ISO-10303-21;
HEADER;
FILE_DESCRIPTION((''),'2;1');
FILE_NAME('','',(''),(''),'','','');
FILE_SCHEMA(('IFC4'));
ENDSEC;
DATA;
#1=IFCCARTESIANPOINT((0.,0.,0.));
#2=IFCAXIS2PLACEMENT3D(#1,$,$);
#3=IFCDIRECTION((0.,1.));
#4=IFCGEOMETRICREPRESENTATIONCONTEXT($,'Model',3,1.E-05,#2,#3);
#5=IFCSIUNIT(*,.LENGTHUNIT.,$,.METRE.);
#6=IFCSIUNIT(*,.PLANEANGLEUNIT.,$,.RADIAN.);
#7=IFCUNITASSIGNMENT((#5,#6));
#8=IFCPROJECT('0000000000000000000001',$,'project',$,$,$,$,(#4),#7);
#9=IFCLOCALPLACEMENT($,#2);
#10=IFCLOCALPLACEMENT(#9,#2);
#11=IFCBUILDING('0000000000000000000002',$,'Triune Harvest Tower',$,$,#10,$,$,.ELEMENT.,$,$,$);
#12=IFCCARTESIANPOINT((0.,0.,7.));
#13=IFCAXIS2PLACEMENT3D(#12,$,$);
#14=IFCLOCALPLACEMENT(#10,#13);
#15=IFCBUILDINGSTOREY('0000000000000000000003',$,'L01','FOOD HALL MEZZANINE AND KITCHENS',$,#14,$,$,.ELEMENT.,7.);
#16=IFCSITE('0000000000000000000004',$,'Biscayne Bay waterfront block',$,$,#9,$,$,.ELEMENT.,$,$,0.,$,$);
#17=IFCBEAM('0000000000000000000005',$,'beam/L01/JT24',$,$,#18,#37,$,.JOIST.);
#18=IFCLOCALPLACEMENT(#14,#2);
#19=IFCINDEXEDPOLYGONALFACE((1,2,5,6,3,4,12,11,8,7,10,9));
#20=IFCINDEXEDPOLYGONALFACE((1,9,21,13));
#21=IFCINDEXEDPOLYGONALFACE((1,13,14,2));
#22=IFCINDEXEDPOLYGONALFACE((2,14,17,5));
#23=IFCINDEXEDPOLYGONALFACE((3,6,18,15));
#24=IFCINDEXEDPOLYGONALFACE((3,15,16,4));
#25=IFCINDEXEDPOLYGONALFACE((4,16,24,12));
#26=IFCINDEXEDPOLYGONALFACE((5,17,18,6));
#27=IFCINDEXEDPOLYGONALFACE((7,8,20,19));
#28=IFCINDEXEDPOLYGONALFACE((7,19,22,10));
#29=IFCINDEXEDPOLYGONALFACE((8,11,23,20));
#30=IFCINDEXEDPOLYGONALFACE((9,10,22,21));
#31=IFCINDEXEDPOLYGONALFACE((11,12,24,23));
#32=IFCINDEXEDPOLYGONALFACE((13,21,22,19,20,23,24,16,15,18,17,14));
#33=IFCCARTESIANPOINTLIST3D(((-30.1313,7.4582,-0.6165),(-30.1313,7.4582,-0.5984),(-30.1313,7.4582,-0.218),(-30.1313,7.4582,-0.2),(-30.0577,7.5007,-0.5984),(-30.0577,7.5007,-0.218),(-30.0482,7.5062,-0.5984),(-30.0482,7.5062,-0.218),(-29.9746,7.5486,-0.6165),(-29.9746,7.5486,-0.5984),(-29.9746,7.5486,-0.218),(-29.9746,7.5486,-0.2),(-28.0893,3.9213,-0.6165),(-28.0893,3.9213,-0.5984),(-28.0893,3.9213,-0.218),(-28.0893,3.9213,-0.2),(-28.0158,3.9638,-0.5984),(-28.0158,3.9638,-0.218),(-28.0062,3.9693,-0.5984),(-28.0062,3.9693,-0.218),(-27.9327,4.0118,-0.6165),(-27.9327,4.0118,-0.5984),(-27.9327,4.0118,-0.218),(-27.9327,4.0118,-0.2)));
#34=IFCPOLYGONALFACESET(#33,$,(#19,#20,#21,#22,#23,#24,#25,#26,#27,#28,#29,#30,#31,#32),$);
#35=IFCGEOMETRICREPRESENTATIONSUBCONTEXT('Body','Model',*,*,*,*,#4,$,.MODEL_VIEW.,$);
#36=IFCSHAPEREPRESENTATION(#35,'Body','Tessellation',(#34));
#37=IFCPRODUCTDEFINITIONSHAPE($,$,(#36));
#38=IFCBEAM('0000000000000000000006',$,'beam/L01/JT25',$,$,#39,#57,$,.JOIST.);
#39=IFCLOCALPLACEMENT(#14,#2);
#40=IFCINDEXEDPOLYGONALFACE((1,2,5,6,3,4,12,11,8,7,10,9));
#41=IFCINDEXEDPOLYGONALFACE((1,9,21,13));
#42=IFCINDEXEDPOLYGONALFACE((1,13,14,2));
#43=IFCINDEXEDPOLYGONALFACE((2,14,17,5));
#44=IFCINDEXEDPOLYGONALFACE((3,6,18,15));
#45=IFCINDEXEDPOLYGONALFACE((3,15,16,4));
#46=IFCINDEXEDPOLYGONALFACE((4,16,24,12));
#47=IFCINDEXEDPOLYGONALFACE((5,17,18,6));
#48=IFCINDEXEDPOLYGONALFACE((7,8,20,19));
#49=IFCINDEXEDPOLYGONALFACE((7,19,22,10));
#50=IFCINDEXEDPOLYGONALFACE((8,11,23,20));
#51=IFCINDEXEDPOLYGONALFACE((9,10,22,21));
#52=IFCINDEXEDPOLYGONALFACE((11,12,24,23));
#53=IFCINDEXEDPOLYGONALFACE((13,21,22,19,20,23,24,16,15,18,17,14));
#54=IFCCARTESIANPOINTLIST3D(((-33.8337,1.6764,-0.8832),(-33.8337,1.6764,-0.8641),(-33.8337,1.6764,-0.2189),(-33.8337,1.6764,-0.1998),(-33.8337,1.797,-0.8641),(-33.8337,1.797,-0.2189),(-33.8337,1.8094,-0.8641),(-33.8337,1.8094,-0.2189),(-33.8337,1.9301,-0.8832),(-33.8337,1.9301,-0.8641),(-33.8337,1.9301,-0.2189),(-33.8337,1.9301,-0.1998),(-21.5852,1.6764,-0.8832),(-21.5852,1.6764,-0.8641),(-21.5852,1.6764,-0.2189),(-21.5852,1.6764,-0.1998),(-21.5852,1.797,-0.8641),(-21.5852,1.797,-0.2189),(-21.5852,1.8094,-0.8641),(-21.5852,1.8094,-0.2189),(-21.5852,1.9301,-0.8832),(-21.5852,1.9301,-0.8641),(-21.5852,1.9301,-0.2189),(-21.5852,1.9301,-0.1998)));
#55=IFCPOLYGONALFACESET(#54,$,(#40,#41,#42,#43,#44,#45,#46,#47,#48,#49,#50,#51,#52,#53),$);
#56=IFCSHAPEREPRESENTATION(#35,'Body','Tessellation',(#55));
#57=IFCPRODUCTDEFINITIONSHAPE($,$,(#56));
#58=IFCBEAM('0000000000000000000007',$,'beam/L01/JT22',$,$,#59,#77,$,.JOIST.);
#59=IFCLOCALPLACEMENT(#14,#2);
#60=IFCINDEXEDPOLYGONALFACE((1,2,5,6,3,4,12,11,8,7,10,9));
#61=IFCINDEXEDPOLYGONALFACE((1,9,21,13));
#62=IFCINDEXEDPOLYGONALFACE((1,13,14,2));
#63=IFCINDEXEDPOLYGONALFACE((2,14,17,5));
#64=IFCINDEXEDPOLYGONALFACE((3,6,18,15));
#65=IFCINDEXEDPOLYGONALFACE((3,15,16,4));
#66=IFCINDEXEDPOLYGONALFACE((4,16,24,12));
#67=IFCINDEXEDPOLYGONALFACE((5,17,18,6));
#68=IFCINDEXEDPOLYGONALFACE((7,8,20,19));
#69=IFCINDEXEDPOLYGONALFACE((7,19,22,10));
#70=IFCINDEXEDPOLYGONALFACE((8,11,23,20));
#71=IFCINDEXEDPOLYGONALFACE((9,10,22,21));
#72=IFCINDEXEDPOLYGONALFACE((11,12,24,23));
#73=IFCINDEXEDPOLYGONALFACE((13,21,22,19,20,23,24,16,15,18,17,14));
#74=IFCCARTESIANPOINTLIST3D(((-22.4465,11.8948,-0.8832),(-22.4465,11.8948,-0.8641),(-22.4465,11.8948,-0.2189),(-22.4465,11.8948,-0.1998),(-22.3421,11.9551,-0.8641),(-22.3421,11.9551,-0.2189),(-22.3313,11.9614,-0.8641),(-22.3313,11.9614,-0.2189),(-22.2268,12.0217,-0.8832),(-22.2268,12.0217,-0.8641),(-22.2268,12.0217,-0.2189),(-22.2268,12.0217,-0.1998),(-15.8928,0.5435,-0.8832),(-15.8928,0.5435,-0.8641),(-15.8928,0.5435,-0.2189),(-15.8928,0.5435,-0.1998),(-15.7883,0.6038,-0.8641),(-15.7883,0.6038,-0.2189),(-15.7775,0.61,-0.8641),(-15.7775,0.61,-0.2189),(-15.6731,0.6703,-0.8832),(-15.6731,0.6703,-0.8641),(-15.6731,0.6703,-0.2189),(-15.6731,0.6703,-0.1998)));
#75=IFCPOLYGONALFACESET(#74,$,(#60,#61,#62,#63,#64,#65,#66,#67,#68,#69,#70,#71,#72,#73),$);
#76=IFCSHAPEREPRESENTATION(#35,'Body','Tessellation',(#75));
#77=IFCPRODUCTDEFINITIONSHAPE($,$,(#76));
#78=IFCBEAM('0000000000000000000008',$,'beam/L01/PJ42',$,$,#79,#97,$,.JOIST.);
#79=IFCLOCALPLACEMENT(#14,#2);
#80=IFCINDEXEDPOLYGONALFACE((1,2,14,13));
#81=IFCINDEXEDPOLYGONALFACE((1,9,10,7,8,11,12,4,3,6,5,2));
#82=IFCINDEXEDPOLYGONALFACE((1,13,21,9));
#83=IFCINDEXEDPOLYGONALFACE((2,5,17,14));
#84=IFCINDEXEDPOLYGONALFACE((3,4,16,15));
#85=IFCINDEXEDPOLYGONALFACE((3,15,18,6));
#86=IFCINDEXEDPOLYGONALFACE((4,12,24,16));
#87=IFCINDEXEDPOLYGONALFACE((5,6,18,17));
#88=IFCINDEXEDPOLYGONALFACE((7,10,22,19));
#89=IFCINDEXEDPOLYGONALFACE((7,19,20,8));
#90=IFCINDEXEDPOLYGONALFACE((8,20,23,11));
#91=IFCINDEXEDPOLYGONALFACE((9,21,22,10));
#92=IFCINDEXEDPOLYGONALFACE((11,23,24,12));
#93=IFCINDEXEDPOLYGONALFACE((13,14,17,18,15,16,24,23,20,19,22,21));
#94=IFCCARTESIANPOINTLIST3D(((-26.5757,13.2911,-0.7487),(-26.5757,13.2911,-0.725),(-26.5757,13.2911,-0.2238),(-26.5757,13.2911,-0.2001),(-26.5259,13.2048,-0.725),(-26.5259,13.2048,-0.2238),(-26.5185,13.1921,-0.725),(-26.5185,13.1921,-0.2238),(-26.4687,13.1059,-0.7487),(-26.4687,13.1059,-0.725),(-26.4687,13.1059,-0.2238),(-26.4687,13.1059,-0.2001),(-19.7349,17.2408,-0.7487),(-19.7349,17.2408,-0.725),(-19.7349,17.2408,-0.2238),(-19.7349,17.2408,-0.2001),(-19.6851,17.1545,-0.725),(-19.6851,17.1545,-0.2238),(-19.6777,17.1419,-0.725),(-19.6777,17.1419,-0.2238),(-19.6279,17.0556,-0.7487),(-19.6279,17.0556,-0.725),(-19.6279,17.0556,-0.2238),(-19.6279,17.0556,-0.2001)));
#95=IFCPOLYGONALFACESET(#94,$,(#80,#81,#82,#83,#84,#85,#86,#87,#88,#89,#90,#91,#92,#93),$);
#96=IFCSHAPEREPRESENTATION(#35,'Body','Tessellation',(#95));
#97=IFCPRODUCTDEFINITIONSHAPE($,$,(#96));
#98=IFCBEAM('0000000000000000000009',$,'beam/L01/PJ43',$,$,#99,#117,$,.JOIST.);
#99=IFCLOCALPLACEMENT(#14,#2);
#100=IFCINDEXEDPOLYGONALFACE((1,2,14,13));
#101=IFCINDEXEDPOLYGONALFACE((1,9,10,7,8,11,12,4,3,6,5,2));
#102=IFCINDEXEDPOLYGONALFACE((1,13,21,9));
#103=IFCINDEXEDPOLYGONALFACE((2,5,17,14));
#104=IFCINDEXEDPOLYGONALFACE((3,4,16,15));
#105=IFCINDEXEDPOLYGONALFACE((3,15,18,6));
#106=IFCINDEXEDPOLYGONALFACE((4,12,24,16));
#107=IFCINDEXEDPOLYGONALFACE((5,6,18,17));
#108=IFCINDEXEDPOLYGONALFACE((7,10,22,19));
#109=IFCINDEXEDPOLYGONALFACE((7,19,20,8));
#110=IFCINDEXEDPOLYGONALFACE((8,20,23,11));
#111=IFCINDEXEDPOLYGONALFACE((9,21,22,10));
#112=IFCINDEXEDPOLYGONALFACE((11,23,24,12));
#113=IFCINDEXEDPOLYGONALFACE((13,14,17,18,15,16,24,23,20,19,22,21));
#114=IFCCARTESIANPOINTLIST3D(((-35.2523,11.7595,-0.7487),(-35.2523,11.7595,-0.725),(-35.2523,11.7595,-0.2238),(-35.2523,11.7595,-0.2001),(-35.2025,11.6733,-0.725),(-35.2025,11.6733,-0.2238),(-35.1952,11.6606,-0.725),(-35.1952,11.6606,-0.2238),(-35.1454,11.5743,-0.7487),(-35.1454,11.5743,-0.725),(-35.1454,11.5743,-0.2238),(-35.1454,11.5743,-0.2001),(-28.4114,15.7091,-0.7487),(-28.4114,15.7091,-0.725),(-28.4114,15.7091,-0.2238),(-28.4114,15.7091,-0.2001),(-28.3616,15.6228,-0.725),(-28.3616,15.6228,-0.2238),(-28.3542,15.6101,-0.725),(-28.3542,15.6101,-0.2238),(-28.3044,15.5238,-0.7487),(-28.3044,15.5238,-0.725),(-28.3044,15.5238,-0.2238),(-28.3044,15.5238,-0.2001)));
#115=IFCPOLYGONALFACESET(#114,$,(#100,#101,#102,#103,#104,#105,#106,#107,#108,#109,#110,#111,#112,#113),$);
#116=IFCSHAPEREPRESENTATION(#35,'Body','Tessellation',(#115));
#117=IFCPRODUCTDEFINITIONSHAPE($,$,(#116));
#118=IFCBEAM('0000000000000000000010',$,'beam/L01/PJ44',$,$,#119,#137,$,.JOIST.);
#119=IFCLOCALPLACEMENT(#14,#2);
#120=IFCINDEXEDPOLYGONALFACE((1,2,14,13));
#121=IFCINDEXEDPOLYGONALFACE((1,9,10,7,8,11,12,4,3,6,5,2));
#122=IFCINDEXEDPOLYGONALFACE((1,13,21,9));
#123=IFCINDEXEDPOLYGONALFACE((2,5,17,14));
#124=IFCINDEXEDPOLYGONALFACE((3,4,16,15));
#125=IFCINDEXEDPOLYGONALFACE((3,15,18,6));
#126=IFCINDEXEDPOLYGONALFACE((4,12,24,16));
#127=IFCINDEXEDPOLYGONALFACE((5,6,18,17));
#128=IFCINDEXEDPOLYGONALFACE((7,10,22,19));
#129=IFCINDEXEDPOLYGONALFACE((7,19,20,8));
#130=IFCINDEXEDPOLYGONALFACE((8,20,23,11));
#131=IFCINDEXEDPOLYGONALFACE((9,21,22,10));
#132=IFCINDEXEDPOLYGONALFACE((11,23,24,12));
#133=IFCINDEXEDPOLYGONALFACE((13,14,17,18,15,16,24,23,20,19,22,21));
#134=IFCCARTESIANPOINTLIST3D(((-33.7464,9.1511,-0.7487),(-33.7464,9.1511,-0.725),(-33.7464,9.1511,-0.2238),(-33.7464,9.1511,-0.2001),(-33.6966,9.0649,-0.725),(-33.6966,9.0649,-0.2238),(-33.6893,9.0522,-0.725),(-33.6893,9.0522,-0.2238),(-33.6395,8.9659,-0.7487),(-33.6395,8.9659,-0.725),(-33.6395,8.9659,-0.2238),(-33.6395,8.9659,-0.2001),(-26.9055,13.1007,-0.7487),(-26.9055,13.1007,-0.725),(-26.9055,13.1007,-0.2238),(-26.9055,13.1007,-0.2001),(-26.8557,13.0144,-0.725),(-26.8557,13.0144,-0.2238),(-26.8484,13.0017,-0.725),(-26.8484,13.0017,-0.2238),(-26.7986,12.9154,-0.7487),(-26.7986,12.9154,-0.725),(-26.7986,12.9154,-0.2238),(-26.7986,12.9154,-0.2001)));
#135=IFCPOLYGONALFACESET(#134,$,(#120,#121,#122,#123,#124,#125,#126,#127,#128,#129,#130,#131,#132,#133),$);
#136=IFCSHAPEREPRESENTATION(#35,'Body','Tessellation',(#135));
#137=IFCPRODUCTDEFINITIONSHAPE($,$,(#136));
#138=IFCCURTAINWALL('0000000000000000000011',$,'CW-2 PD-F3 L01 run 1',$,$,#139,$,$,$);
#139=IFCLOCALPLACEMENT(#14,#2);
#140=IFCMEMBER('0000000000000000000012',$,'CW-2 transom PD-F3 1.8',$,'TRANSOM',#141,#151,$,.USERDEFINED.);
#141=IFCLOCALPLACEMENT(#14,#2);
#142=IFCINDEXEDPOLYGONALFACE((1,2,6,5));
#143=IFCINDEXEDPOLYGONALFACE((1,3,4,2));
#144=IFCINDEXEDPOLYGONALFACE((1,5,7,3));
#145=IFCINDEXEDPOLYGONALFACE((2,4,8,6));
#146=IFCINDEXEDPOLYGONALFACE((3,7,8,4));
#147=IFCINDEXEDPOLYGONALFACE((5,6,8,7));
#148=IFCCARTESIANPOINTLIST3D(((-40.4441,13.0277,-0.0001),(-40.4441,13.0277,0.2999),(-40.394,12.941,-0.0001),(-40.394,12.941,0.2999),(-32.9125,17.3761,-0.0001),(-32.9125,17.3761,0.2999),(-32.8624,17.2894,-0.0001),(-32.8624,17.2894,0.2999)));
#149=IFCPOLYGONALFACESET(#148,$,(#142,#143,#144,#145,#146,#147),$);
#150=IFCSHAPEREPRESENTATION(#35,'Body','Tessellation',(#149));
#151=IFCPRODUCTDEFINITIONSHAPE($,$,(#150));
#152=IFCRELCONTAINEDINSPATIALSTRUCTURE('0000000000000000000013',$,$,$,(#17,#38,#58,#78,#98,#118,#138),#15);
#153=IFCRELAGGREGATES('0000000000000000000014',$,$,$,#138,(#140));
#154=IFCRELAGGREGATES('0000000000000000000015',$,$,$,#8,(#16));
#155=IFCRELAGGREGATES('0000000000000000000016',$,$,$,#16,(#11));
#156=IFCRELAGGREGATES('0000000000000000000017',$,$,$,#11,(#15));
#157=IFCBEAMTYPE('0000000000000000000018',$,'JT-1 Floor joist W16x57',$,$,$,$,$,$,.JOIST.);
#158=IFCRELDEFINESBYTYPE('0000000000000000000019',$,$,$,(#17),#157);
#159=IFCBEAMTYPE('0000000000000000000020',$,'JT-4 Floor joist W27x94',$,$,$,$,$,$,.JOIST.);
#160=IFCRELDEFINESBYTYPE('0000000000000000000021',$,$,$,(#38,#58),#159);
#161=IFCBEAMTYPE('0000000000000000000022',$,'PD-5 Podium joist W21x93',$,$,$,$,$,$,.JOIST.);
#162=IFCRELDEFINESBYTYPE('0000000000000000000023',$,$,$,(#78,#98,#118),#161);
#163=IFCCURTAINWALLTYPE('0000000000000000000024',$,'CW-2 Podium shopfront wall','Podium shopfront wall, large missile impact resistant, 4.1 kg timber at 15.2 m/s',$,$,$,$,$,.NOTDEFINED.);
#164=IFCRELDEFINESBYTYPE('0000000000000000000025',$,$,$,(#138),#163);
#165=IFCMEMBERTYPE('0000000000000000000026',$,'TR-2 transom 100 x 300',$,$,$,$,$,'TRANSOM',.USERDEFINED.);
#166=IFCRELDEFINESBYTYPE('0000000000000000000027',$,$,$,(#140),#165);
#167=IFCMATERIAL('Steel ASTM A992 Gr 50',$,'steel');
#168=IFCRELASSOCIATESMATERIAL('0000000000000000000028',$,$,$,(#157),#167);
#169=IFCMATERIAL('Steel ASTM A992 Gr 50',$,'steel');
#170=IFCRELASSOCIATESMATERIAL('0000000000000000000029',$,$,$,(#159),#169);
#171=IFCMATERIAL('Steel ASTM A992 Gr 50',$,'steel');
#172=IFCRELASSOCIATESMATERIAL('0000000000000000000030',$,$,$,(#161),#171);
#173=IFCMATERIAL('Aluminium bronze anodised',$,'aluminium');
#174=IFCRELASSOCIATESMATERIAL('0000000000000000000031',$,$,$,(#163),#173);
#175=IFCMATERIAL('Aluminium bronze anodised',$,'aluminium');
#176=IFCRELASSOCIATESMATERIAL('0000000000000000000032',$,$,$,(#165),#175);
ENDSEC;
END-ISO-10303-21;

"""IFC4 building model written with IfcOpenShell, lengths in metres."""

from ifc_helpers import new_model, si_unit, direction, frame, origin, origin_2d, place, context, subcontext, project, spatial, rectangle, i_section, extrude, source, transform, mapped, material, material_profile, profile_set, type_object, element, aggregate, save


model = new_model("IFC4")

# Units and contexts
model_context = context("Model", 3, precision=1e-05, world=origin(), true_north=direction((0.0, 1.0)))
body_context = subcontext(model_context, "Body", "Model", "MODEL_VIEW")
ifc_project = project(units=[si_unit("LENGTHUNIT", "METRE"), si_unit("PLANEANGLEUNIT", "RADIAN")], contexts=[model_context])

# Site, building, storey
site_placement = place(None, origin())
site = spatial("IfcSite", under=ifc_project, at=site_placement, Name="Biscayne Bay waterfront block", CompositionType="ELEMENT", RefElevation=0.0)
building_placement = place(site_placement, origin())
building = spatial("IfcBuilding", under=site, at=building_placement, Name="Triune Harvest Tower", CompositionType="ELEMENT")
storey_placement = place(building_placement, frame((0.0, 0.0, 7.0)))
storey = spatial("IfcBuildingStorey", under=building, at=storey_placement, Name="L01", Description="FOOD HALL MEZZANINE AND KITCHENS", CompositionType="ELEMENT", Elevation=7.0)

# Beams
ifc_material_1 = material(Name="Steel ASTM A992 Gr 50", Category="steel")
ifc_material_profile_1 = material_profile(ifc_material_1, i_section(OverallWidth=0.1809, OverallDepth=0.4165, WebThickness=0.011, FlangeThickness=0.0181, at=origin_2d()), Name="W16x57")
ifc_profile_set_1 = profile_set([ifc_material_profile_1], Name="Steel ASTM A992 Gr 50")
beam_type_1 = type_object("IfcBeamType", Name="JT-1 Floor joist W16x57", PredefinedType="JOIST", material=ifc_profile_set_1)
shared_shape_1 = source(origin(), body_context, "Body", "SweptSolid", [
    extrude(i_section(OverallWidth=0.1809, OverallDepth=0.4165, WebThickness=0.011, FlangeThickness=0.0181, at=origin_2d()), origin(), (0.0, 0.0, 1.0), 4.084),
])
beam_1_placement = place(storey_placement, frame((-30.053, 7.5034, -0.4082), z_axis=(0.499997, -0.866027, 0.0), x_axis=(0.866027, 0.499997, 0.0)))
element("IfcBeam", 1, at=beam_1_placement, inside=storey, type_object=beam_type_1, Name="beam/L01/JT24", PredefinedType="JOIST", context=body_context, shape_type="MappedRepresentation", body=[
    mapped(shared_shape_1, transform((0.0, 0.0, 0.0), scale=1.0)),
])
ifc_material_2 = material(Name="Steel ASTM A992 Gr 50", Category="steel")
ifc_material_profile_2 = material_profile(ifc_material_2, i_section(OverallWidth=0.2537, OverallDepth=0.6833, WebThickness=0.0125, FlangeThickness=0.019, at=origin_2d()), Name="W27x94")
ifc_profile_set_2 = profile_set([ifc_material_profile_2], Name="Steel ASTM A992 Gr 50")
beam_type_2 = type_object("IfcBeamType", Name="JT-4 Floor joist W27x94", PredefinedType="JOIST", material=ifc_profile_set_2)
shared_shape_2 = source(origin(), body_context, "Body", "SweptSolid", [
    extrude(i_section(OverallWidth=0.2537, OverallDepth=0.6833, WebThickness=0.0125, FlangeThickness=0.019, at=origin_2d()), origin(), (0.0, 0.0, 1.0), 12.2485),
])
beam_2_placement = place(storey_placement, frame((-33.8337, 1.8032, -0.5415), z_axis=(1.0, 0.0, 0.0), x_axis=(0.0, 1.0, 0.0)))
element("IfcBeam", 2, at=beam_2_placement, inside=storey, type_object=beam_type_2, Name="beam/L01/JT25", PredefinedType="JOIST", context=body_context, shape_type="MappedRepresentation", body=[
    mapped(shared_shape_2, transform((0.0, 0.0, 0.0), scale=1.0)),
])
shared_shape_3 = source(origin(), body_context, "Body", "SweptSolid", [
    extrude(i_section(OverallWidth=0.2537, OverallDepth=0.6833, WebThickness=0.0125, FlangeThickness=0.019, at=origin_2d()), origin(), (0.0, 0.0, 1.0), 13.1074),
])
beam_3_placement = place(storey_placement, frame((-22.3367, 11.9583, -0.5415), z_axis=(0.500001, -0.866025, 0.0), x_axis=(0.866025, 0.500001, 0.0)))
element("IfcBeam", 3, at=beam_3_placement, inside=storey, type_object=beam_type_2, Name="beam/L01/JT22", PredefinedType="JOIST", context=body_context, shape_type="MappedRepresentation", body=[
    mapped(shared_shape_3, transform((0.0, 0.0, 0.0), scale=1.0)),
])
ifc_material_3 = material(Name="Steel ASTM A992 Gr 50", Category="steel")
ifc_material_profile_3 = material_profile(ifc_material_3, i_section(OverallWidth=0.2139, OverallDepth=0.5486, WebThickness=0.0146, FlangeThickness=0.0237, at=origin_2d()), Name="W21x93")
ifc_profile_set_3 = profile_set([ifc_material_profile_3], Name="Steel ASTM A992 Gr 50")
beam_type_3 = type_object("IfcBeamType", Name="PD-5 Podium joist W21x93", PredefinedType="JOIST", material=ifc_profile_set_3)
shared_shape_4 = source(origin(), body_context, "Body", "SweptSolid", [
    extrude(i_section(OverallWidth=0.2139, OverallDepth=0.5486, WebThickness=0.0146, FlangeThickness=0.0237, at=origin_2d()), origin(), (0.0, 0.0, 1.0), 7.8992),
])
for number, where, z_axis, x_axis, name in (
    (4, (-19.6814, 17.1482, -0.4744), (-0.866017, -0.500015, 0.0), (0.500015, -0.866017, 0.0), "beam/L01/PJ42"),
    (5, (-28.3579, 15.6165, -0.4744), (-0.86603, -0.499992, 0.0), (0.499992, -0.86603, 0.0), "beam/L01/PJ43"),
    (6, (-26.8521, 13.0081, -0.4744), (-0.86603, -0.499992, 0.0), (0.499992, -0.86603, 0.0), "beam/L01/PJ44"),
):
    element("IfcBeam", number, at=place(storey_placement, frame(where, z_axis=z_axis, x_axis=x_axis)), inside=storey, type_object=beam_type_3, Name=name, PredefinedType="JOIST", context=body_context, shape_type="MappedRepresentation", body=[
        mapped(shared_shape_4, transform((0.0, 0.0, 0.0), scale=1.0)),
    ])

# Curtain wall, member
ifc_material_4 = material(Name="Aluminium bronze anodised", Category="aluminium")
curtain_wall_type = type_object("IfcCurtainWallType", Name="CW-2 Podium shopfront wall", Description="Podium shopfront wall, large missile impact resistant, 4.1 kg timber at 15.2 m/s", PredefinedType="NOTDEFINED", material=ifc_material_4)
curtain_wall_placement = place(storey_placement, origin())
curtain_wall = element("IfcCurtainWall", 7, at=curtain_wall_placement, inside=storey, type_object=curtain_wall_type, Name="CW-2 PD-F3 L01 run 1")
ifc_material_5 = material(Name="Aluminium bronze anodised", Category="aluminium")
ifc_material_profile_4 = material_profile(ifc_material_5, rectangle(XDim=0.1001, YDim=0.3, at=origin_2d()), Name="TR-2 transom 100 x 300")
ifc_profile_set_4 = profile_set([ifc_material_profile_4], Name="Aluminium bronze anodised")
member_type = type_object("IfcMemberType", Name="TR-2 transom 100 x 300", ElementType="TRANSOM", PredefinedType="USERDEFINED", material=ifc_profile_set_4)
shared_shape_5 = source(origin(), body_context, "Body", "SweptSolid", [
    extrude(rectangle(XDim=0.1001, YDim=0.3, at=origin_2d()), origin(), (0.0, 0.0, 1.0), 8.6968),
])
member_placement = place(storey_placement, frame((-32.8875, 17.3328, 0.1499), z_axis=(-0.866021, -0.500007, 0.0), x_axis=(0.500007, -0.866021, 0.0)))
member = element("IfcMember", 8, at=member_placement, type_object=member_type, Name="CW-2 transom PD-F3 1.8", ObjectType="TRANSOM", PredefinedType="USERDEFINED", context=body_context, shape_type="MappedRepresentation", body=[
    mapped(shared_shape_5, transform((0.0, 0.0, 0.0), scale=1.0)),
])
aggregate(curtain_wall, [member])

save(model, "model.ifc")
